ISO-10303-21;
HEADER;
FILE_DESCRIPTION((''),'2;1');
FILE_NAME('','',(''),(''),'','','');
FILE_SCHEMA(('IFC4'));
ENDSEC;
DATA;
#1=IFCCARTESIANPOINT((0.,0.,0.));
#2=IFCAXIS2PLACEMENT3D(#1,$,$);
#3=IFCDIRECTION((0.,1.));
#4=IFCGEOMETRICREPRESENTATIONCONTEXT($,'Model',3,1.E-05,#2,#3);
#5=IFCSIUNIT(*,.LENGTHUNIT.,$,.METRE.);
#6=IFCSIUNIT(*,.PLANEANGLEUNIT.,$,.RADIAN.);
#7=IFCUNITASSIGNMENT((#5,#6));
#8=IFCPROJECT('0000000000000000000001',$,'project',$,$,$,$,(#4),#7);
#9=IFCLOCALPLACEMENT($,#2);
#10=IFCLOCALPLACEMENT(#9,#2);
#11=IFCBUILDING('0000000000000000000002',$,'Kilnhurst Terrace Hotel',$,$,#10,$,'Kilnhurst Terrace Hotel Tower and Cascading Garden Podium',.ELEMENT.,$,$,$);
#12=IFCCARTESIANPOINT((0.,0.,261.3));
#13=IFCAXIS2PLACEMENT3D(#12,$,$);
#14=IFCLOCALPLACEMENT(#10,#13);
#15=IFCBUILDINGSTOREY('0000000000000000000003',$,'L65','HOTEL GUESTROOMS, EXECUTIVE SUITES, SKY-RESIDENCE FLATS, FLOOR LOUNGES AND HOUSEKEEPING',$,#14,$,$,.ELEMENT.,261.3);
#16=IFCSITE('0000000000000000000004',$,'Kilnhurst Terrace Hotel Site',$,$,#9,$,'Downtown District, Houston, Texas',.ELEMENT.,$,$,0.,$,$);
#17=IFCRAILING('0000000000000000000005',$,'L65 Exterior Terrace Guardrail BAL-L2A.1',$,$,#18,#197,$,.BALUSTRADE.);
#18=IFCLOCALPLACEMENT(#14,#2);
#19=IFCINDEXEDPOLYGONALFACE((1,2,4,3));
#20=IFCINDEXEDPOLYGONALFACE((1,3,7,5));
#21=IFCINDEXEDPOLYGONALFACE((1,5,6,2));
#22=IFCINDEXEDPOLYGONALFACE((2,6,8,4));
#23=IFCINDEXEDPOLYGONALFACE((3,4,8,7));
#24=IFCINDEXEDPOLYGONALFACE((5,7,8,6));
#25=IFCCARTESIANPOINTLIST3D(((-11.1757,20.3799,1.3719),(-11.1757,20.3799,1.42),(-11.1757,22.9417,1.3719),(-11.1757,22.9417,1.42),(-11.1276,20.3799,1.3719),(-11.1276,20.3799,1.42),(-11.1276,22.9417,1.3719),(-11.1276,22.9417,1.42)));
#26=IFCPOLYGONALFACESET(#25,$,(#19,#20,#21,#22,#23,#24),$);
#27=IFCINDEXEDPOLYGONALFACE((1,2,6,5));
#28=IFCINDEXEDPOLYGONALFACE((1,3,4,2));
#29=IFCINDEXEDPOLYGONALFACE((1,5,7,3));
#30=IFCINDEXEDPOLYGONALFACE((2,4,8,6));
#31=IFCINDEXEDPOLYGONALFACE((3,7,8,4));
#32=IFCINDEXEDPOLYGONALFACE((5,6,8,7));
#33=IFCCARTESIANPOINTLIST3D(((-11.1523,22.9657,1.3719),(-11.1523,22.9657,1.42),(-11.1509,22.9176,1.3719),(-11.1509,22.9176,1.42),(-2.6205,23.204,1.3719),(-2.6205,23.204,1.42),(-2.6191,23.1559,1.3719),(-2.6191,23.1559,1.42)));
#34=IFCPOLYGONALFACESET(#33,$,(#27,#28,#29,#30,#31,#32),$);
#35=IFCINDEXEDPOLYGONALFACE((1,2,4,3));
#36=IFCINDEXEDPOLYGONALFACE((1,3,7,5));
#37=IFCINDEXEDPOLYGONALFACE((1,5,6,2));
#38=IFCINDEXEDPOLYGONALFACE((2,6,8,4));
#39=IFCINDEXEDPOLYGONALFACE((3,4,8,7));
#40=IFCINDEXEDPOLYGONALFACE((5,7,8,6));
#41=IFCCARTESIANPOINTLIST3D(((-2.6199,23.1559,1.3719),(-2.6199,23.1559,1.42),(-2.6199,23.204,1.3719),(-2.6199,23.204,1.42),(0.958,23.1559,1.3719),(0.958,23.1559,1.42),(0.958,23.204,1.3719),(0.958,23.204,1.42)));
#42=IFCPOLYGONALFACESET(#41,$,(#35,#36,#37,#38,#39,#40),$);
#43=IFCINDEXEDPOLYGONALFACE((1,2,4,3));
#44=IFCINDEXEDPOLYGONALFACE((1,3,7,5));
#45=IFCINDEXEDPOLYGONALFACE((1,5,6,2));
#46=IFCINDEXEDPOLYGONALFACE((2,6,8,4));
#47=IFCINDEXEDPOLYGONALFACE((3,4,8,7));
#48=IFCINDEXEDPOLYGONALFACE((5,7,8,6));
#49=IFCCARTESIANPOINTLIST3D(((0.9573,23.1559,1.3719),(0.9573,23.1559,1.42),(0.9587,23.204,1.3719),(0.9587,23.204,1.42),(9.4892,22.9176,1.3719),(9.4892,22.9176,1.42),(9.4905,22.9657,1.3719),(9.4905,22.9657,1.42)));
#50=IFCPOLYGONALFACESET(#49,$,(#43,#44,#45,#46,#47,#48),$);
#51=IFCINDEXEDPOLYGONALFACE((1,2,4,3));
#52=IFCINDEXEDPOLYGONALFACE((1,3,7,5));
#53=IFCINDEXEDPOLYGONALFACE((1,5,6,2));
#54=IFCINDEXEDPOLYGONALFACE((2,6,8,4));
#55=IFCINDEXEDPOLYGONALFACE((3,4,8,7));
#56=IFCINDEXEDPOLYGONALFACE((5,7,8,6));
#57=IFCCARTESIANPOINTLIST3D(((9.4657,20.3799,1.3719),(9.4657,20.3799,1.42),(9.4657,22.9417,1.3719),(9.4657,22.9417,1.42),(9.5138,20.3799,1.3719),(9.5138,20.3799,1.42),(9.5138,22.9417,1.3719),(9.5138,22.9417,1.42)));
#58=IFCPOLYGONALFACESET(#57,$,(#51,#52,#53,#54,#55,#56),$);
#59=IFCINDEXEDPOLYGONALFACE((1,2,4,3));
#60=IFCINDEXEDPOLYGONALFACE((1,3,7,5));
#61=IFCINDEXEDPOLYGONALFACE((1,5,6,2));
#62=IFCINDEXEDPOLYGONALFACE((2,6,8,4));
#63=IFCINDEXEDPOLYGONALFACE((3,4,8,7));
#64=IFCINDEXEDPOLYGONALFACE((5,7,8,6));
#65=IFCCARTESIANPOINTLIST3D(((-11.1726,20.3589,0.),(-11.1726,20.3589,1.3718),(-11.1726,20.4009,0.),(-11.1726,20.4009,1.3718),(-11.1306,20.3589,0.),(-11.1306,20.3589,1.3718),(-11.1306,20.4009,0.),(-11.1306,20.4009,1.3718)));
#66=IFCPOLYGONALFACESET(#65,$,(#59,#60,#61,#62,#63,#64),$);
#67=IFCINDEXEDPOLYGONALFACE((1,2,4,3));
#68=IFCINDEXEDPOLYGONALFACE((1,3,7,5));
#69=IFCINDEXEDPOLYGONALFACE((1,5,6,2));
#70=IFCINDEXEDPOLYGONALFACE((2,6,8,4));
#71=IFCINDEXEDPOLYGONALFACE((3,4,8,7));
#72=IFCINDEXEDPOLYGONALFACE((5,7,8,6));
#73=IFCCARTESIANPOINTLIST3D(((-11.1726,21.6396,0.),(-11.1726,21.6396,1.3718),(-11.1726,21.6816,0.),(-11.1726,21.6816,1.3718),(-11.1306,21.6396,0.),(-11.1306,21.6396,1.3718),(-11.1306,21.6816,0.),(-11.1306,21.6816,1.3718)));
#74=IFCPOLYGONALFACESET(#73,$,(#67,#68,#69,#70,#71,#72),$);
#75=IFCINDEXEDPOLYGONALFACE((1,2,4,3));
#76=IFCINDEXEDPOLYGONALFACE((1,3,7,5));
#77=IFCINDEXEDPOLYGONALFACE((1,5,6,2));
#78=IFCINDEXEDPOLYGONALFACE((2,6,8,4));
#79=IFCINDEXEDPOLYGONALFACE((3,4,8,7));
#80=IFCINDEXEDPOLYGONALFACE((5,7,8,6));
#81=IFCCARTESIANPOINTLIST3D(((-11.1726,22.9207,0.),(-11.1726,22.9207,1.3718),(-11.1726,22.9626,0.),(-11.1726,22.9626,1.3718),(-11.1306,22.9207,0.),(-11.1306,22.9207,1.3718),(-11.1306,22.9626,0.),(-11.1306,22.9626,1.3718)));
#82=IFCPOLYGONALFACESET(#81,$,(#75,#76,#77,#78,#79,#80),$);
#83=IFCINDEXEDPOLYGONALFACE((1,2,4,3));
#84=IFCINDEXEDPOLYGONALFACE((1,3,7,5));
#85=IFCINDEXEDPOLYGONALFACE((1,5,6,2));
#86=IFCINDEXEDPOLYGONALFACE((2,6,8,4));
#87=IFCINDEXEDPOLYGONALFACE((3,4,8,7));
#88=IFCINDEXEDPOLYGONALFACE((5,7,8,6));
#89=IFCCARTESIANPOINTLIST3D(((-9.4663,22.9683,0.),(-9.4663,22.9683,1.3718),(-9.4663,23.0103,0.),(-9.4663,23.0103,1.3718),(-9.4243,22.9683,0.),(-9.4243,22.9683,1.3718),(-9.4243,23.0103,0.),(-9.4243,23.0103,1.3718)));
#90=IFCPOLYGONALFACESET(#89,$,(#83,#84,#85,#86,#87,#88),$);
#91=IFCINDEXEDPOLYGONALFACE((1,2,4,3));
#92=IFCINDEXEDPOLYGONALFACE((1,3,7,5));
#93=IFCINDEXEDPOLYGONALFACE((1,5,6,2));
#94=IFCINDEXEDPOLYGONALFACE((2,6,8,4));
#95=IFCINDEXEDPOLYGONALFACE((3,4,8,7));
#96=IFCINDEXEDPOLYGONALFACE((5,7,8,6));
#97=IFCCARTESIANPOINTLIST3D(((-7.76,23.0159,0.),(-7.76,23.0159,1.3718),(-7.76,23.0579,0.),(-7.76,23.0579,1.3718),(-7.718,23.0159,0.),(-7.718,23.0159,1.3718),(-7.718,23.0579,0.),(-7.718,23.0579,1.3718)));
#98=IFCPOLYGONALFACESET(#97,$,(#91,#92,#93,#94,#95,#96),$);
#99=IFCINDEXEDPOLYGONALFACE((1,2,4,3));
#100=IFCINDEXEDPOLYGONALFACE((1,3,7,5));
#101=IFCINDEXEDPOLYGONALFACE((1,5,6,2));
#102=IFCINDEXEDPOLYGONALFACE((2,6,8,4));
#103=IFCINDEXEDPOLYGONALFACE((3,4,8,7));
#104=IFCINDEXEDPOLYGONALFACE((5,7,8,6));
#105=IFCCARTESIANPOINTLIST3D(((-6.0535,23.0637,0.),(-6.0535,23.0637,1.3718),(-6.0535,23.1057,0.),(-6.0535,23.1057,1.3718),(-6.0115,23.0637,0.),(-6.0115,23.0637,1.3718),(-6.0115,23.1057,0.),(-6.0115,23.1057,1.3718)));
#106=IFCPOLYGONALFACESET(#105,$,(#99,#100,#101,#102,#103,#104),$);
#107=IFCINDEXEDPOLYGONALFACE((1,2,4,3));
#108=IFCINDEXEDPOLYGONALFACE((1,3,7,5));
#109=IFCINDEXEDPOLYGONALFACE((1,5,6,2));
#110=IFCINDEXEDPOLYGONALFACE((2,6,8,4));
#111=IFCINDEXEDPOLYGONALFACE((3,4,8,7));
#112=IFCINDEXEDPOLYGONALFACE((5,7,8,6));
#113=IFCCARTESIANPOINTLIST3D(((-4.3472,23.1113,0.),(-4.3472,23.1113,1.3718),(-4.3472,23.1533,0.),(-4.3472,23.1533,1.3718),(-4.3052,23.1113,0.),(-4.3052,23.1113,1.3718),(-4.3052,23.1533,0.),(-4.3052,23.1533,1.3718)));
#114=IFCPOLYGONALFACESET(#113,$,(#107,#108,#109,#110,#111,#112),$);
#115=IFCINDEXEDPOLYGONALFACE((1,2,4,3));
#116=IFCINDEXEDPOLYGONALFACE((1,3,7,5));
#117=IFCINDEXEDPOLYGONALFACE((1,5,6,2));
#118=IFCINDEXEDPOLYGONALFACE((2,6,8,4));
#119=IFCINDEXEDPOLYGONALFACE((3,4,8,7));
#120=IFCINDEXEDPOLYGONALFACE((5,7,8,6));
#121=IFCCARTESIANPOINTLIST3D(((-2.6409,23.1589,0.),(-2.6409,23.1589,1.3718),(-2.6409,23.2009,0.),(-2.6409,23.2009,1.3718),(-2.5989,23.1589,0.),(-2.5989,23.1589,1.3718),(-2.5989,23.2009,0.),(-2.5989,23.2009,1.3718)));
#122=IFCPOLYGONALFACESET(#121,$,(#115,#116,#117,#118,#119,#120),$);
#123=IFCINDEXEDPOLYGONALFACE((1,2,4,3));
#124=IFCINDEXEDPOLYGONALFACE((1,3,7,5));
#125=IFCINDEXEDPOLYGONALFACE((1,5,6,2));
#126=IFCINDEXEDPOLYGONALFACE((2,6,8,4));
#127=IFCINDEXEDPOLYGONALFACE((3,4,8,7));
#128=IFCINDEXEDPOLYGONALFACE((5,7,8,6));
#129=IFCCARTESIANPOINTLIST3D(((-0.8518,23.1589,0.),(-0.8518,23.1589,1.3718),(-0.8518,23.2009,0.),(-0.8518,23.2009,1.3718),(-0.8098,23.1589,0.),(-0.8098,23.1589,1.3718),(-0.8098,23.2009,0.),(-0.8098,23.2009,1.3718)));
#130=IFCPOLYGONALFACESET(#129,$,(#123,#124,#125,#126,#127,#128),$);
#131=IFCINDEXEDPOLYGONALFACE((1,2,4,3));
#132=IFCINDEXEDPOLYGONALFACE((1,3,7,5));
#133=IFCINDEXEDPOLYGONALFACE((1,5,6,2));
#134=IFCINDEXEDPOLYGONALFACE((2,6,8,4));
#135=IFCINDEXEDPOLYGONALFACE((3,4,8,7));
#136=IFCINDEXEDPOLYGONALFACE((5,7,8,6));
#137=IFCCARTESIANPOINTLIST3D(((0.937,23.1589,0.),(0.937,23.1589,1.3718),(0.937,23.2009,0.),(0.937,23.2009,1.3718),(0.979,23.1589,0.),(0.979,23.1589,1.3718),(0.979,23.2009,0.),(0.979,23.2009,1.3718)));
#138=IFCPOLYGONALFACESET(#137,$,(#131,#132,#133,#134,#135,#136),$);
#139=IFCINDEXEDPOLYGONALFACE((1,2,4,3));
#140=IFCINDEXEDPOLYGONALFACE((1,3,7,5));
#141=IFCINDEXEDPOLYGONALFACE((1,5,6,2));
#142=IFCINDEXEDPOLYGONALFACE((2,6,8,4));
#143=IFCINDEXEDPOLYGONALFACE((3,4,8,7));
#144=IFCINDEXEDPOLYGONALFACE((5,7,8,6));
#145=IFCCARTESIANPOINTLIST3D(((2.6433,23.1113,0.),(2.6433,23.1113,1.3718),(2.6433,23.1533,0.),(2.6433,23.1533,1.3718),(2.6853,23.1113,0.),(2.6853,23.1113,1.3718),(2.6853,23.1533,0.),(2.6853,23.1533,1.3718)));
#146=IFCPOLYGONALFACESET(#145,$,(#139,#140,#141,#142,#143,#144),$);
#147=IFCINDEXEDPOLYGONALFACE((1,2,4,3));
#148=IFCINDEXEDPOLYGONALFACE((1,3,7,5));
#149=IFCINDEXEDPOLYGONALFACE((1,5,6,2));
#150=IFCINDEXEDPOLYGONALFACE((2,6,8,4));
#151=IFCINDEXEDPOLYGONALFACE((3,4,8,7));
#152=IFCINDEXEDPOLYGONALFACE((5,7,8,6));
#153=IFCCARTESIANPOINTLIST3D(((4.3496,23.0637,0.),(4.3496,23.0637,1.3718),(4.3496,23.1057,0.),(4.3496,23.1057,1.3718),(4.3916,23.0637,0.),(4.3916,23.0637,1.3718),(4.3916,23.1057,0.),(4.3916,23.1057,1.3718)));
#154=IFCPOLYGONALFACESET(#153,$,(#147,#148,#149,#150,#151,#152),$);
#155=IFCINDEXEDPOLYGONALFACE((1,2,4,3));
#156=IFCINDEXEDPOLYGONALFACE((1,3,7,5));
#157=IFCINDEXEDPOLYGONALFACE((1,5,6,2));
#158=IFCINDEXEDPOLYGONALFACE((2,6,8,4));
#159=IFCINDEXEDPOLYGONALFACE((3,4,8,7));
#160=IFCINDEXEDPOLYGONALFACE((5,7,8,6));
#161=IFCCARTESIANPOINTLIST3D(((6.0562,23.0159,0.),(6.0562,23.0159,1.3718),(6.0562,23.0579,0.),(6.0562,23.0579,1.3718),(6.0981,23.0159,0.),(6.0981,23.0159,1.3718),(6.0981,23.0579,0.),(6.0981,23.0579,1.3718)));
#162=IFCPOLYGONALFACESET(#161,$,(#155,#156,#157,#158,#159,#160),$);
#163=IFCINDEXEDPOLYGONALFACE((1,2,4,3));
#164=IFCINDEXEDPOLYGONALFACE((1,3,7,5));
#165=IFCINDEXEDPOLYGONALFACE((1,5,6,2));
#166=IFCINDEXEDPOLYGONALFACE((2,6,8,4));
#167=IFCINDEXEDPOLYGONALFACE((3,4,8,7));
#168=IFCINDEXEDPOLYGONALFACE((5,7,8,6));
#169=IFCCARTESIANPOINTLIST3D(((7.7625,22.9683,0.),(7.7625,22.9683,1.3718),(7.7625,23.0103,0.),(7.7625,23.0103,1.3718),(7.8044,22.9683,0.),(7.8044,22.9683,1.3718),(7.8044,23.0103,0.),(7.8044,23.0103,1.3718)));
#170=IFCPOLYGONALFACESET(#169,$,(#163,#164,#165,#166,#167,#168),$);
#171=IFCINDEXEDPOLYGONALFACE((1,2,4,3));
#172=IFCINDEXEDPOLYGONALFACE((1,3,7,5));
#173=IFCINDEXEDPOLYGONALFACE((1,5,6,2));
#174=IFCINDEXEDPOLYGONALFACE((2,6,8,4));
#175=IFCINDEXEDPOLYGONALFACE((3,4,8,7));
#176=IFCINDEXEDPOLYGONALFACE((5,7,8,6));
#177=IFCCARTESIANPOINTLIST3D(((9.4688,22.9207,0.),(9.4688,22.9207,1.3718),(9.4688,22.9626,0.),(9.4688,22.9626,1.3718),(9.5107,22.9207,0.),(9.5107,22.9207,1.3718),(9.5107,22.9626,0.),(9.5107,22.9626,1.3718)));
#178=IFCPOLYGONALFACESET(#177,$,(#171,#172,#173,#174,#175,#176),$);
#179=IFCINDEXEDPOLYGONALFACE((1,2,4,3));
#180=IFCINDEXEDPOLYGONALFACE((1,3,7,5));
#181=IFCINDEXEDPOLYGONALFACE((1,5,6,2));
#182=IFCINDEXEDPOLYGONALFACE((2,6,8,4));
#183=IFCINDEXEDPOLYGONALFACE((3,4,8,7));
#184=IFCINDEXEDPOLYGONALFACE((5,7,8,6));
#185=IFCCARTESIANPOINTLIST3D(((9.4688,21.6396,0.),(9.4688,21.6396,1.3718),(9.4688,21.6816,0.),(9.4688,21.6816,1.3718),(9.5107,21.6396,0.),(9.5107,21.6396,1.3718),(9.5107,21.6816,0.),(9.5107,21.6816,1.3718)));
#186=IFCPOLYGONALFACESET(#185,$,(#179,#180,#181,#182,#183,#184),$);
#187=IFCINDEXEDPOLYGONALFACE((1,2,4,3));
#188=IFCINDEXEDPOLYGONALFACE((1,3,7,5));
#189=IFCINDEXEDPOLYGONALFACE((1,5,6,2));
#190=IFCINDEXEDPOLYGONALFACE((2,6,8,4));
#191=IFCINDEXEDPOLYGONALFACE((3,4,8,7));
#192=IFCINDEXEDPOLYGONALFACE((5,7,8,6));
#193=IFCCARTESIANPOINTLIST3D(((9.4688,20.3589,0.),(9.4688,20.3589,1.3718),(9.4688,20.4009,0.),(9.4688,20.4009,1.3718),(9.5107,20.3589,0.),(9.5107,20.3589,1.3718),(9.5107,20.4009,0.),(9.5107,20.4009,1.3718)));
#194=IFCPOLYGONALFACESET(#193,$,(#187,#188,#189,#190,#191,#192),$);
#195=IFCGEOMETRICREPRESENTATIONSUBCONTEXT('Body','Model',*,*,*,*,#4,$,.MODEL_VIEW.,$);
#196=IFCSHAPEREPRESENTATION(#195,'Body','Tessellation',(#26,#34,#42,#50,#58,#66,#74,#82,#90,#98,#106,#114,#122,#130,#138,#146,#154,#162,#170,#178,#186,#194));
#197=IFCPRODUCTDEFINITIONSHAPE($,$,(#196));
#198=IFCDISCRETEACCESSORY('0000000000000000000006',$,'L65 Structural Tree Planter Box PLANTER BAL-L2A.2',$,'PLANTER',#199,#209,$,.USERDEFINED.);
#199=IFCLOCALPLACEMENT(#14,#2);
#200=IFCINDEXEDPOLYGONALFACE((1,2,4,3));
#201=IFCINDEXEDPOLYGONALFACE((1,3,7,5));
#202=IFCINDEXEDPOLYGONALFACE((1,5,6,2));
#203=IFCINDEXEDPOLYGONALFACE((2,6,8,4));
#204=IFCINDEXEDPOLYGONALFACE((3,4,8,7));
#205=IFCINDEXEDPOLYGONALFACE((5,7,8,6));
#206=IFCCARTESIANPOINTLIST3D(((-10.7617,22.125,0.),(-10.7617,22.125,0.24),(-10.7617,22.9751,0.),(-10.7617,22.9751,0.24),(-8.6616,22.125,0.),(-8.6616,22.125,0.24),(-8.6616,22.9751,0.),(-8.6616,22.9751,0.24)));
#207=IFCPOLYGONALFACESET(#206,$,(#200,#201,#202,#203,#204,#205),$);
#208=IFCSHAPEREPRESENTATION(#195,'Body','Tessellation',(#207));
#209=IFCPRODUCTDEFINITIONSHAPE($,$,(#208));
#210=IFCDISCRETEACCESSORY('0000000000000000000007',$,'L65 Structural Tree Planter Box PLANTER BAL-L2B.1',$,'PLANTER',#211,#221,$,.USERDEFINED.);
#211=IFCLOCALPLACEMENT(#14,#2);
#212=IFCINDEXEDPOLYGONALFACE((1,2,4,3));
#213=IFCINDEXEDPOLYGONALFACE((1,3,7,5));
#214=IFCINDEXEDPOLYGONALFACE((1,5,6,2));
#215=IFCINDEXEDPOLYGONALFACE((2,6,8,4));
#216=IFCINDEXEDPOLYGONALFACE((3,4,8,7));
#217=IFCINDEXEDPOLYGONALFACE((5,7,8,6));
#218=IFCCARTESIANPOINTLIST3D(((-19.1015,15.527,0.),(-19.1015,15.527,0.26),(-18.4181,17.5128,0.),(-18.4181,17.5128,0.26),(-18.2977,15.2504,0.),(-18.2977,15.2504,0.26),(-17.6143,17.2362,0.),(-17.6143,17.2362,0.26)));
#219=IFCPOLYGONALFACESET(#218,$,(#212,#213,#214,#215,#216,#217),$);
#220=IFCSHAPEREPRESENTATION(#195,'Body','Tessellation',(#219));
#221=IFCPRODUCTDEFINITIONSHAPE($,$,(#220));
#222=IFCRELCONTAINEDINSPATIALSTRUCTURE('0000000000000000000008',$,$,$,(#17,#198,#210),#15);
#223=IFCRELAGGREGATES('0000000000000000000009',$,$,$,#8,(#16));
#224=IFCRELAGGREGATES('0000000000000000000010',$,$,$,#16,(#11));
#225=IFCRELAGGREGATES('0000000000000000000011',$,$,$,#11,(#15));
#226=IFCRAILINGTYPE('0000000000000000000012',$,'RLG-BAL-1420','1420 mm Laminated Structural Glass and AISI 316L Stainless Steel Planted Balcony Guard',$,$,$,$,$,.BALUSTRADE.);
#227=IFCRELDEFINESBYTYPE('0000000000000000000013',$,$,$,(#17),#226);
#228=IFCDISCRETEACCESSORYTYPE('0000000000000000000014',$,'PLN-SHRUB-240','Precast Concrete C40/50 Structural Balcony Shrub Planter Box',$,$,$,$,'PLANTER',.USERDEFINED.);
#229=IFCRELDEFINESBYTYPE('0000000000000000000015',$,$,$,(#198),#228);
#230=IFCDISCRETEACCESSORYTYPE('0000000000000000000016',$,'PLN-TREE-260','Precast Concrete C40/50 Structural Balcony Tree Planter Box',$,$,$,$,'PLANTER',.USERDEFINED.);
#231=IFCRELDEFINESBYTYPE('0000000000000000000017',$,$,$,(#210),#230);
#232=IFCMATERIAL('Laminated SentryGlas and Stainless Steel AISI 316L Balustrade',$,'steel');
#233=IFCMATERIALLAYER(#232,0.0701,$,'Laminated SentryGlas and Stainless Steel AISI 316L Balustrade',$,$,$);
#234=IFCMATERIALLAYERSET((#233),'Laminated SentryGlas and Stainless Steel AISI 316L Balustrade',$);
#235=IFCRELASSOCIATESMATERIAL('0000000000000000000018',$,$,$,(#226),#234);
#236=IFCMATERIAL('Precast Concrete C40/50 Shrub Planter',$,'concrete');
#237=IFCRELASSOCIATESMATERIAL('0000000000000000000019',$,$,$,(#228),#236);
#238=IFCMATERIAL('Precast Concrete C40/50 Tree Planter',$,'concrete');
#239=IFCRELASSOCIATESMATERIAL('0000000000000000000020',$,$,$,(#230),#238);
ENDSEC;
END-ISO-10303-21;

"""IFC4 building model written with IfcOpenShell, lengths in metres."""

from ifc_helpers import new_model, si_unit, direction, frame, origin, origin_2d, place, context, subcontext, project, spatial, rectangle, extrude, material, layer, layer_set, type_object, element, save


model = new_model("IFC4")

# Units and contexts
model_context = context("Model", 3, precision=1e-05, world=origin(), true_north=direction((0.0, 1.0)))
body_context = subcontext(model_context, "Body", "Model", "MODEL_VIEW")
ifc_project = project(units=[si_unit("LENGTHUNIT", "METRE"), si_unit("PLANEANGLEUNIT", "RADIAN")], contexts=[model_context])

# Site, building, storey
site_placement = place(None, origin())
site = spatial("IfcSite", under=ifc_project, at=site_placement, Name="Kilnhurst Terrace Hotel Site", LongName="Downtown District, Houston, Texas", CompositionType="ELEMENT", RefElevation=0.0)
building_placement = place(site_placement, origin())
building = spatial("IfcBuilding", under=site, at=building_placement, Name="Kilnhurst Terrace Hotel", LongName="Kilnhurst Terrace Hotel Tower and Cascading Garden Podium", CompositionType="ELEMENT")
storey_placement = place(building_placement, frame((0.0, 0.0, 261.3)))
storey = spatial("IfcBuildingStorey", under=building, at=storey_placement, Name="L65", Description="HOTEL GUESTROOMS, EXECUTIVE SUITES, SKY-RESIDENCE FLATS, FLOOR LOUNGES AND HOUSEKEEPING", CompositionType="ELEMENT", Elevation=261.3)

# Railing
ifc_material_1 = material(Name="Laminated SentryGlas and Stainless Steel AISI 316L Balustrade", Category="steel")
ifc_layer_1 = layer(ifc_material_1, 0.0701, Name="Laminated SentryGlas and Stainless Steel AISI 316L Balustrade")
ifc_layer_set_1 = layer_set([ifc_layer_1], Name="Laminated SentryGlas and Stainless Steel AISI 316L Balustrade")
railing_type = type_object("IfcRailingType", Name="RLG-BAL-1420", Description="1420 mm Laminated Structural Glass and AISI 316L Stainless Steel Planted Balcony Guard", PredefinedType="BALUSTRADE", material=ifc_layer_set_1)
railing_placement = place(storey_placement, frame((-11.1516, 20.3799, 0.0)))
element("IfcRailing", 1, at=railing_placement, inside=storey, type_object=railing_type, Name="L65 Exterior Terrace Guardrail BAL-L2A.1", PredefinedType="BALUSTRADE", context=body_context, shape_type="SweptSolid", body=[
    extrude(rectangle(XDim=0.0481, YDim=0.0481, at=origin_2d()), frame((0.0, 0.0, 1.396), z_axis=(0.0, 1.0, 0.0), x_axis=(-1.0, 0.0, 0.0)), (0.0, 0.0, 1.0), 2.5618),
    extrude(rectangle(XDim=0.0481, YDim=0.0481, at=origin_2d()), frame((0.0, 2.5618, 1.396), z_axis=(0.99961, 0.027918, 0.0), x_axis=(-0.027918, 0.99961, 0.0)), (0.0, 0.0, 1.0), 8.5352),
    extrude(rectangle(XDim=0.0481, YDim=0.0481, at=origin_2d()), frame((8.5317, 2.8, 1.396), z_axis=(1.0, 0.0, 0.0), x_axis=(0.0, 1.0, 0.0)), (0.0, 0.0, 1.0), 3.5779),
    extrude(rectangle(XDim=0.0481, YDim=0.0481, at=origin_2d()), frame((12.1096, 2.8, 1.396), z_axis=(0.99961, -0.027918, 0.0), x_axis=(0.027918, 0.99961, 0.0)), (0.0, 0.0, 1.0), 8.5352),
    extrude(rectangle(XDim=0.0481, YDim=0.0481, at=origin_2d()), frame((20.6414, 2.5618, 1.396), z_axis=(0.0, -1.0, 0.0), x_axis=(1.0, 0.0, 0.0)), (0.0, 0.0, 1.0), 2.5618),
    extrude(rectangle(XDim=0.042, YDim=0.042, at=origin_2d()), origin(), (0.0, 0.0, 1.0), 1.3718),
    extrude(rectangle(XDim=0.042, YDim=0.042, at=origin_2d()), frame((0.0, 1.2808, 0.0)), (0.0, 0.0, 1.0), 1.3718),
    extrude(rectangle(XDim=0.042, YDim=0.042, at=origin_2d()), frame((0.0, 2.5618, 0.0)), (0.0, 0.0, 1.0), 1.3718),
    extrude(rectangle(XDim=0.042, YDim=0.042, at=origin_2d()), frame((1.7063, 2.6094, 0.0)), (0.0, 0.0, 1.0), 1.3718),
    extrude(rectangle(XDim=0.042, YDim=0.042, at=origin_2d()), frame((3.4126, 2.657, 0.0)), (0.0, 0.0, 1.0), 1.3718),
    extrude(rectangle(XDim=0.042, YDim=0.042, at=origin_2d()), frame((5.1191, 2.7048, 0.0)), (0.0, 0.0, 1.0), 1.3718),
    extrude(rectangle(XDim=0.042, YDim=0.042, at=origin_2d()), frame((6.8254, 2.7524, 0.0)), (0.0, 0.0, 1.0), 1.3718),
    extrude(rectangle(XDim=0.042, YDim=0.042, at=origin_2d()), frame((8.5317, 2.8, 0.0)), (0.0, 0.0, 1.0), 1.3718),
    extrude(rectangle(XDim=0.042, YDim=0.042, at=origin_2d()), frame((10.3208, 2.8, 0.0)), (0.0, 0.0, 1.0), 1.3718),
    extrude(rectangle(XDim=0.042, YDim=0.042, at=origin_2d()), frame((12.1096, 2.8, 0.0)), (0.0, 0.0, 1.0), 1.3718),
    extrude(rectangle(XDim=0.042, YDim=0.042, at=origin_2d()), frame((13.8159, 2.7524, 0.0)), (0.0, 0.0, 1.0), 1.3718),
    extrude(rectangle(XDim=0.042, YDim=0.042, at=origin_2d()), frame((15.5222, 2.7048, 0.0)), (0.0, 0.0, 1.0), 1.3718),
    extrude(rectangle(XDim=0.042, YDim=0.042, at=origin_2d()), frame((17.2288, 2.657, 0.0)), (0.0, 0.0, 1.0), 1.3718),
    extrude(rectangle(XDim=0.042, YDim=0.042, at=origin_2d()), frame((18.9351, 2.6094, 0.0)), (0.0, 0.0, 1.0), 1.3718),
    extrude(rectangle(XDim=0.042, YDim=0.042, at=origin_2d()), frame((20.6414, 2.5618, 0.0)), (0.0, 0.0, 1.0), 1.3718),
    extrude(rectangle(XDim=0.042, YDim=0.042, at=origin_2d()), frame((20.6414, 1.2808, 0.0)), (0.0, 0.0, 1.0), 1.3718),
    extrude(rectangle(XDim=0.042, YDim=0.042, at=origin_2d()), frame((20.6414, 0.0, 0.0)), (0.0, 0.0, 1.0), 1.3718),
])

# Discrete accessories
ifc_material_2 = material(Name="Precast Concrete C40/50 Shrub Planter", Category="concrete")
discrete_accessory_type_1 = type_object("IfcDiscreteAccessoryType", Name="PLN-SHRUB-240", Description="Precast Concrete C40/50 Structural Balcony Shrub Planter Box", ElementType="PLANTER", PredefinedType="USERDEFINED", material=ifc_material_2)
discrete_accessory_1_placement = place(storey_placement, frame((-9.7117, 22.55, 0.0), z_axis=(0.0, 0.0, 1.0), x_axis=(-1.0, 0.0, 0.0)))
element("IfcDiscreteAccessory", 2, at=discrete_accessory_1_placement, inside=storey, type_object=discrete_accessory_type_1, Name="L65 Structural Tree Planter Box PLANTER BAL-L2A.2", ObjectType="PLANTER", PredefinedType="USERDEFINED", context=body_context, shape_type="SweptSolid", body=[
    extrude(rectangle(XDim=2.1001, YDim=0.8501, at=origin_2d()), origin(), (0.0, 0.0, 1.0), 0.24),
])
ifc_material_3 = material(Name="Precast Concrete C40/50 Tree Planter", Category="concrete")
discrete_accessory_type_2 = type_object("IfcDiscreteAccessoryType", Name="PLN-TREE-260", Description="Precast Concrete C40/50 Structural Balcony Tree Planter Box", ElementType="PLANTER", PredefinedType="USERDEFINED", material=ifc_material_3)
discrete_accessory_2_placement = place(storey_placement, frame((-18.3579, 16.3816, 0.0), z_axis=(0.0, 0.0, 1.0), x_axis=(-0.325403, -0.945575, 0.0)))
element("IfcDiscreteAccessory", 3, at=discrete_accessory_2_placement, inside=storey, type_object=discrete_accessory_type_2, Name="L65 Structural Tree Planter Box PLANTER BAL-L2B.1", ObjectType="PLANTER", PredefinedType="USERDEFINED", context=body_context, shape_type="SweptSolid", body=[
    extrude(rectangle(XDim=2.1001, YDim=0.8501, at=origin_2d()), origin(), (0.0, 0.0, 1.0), 0.26),
])

save(model, "model.ifc")
